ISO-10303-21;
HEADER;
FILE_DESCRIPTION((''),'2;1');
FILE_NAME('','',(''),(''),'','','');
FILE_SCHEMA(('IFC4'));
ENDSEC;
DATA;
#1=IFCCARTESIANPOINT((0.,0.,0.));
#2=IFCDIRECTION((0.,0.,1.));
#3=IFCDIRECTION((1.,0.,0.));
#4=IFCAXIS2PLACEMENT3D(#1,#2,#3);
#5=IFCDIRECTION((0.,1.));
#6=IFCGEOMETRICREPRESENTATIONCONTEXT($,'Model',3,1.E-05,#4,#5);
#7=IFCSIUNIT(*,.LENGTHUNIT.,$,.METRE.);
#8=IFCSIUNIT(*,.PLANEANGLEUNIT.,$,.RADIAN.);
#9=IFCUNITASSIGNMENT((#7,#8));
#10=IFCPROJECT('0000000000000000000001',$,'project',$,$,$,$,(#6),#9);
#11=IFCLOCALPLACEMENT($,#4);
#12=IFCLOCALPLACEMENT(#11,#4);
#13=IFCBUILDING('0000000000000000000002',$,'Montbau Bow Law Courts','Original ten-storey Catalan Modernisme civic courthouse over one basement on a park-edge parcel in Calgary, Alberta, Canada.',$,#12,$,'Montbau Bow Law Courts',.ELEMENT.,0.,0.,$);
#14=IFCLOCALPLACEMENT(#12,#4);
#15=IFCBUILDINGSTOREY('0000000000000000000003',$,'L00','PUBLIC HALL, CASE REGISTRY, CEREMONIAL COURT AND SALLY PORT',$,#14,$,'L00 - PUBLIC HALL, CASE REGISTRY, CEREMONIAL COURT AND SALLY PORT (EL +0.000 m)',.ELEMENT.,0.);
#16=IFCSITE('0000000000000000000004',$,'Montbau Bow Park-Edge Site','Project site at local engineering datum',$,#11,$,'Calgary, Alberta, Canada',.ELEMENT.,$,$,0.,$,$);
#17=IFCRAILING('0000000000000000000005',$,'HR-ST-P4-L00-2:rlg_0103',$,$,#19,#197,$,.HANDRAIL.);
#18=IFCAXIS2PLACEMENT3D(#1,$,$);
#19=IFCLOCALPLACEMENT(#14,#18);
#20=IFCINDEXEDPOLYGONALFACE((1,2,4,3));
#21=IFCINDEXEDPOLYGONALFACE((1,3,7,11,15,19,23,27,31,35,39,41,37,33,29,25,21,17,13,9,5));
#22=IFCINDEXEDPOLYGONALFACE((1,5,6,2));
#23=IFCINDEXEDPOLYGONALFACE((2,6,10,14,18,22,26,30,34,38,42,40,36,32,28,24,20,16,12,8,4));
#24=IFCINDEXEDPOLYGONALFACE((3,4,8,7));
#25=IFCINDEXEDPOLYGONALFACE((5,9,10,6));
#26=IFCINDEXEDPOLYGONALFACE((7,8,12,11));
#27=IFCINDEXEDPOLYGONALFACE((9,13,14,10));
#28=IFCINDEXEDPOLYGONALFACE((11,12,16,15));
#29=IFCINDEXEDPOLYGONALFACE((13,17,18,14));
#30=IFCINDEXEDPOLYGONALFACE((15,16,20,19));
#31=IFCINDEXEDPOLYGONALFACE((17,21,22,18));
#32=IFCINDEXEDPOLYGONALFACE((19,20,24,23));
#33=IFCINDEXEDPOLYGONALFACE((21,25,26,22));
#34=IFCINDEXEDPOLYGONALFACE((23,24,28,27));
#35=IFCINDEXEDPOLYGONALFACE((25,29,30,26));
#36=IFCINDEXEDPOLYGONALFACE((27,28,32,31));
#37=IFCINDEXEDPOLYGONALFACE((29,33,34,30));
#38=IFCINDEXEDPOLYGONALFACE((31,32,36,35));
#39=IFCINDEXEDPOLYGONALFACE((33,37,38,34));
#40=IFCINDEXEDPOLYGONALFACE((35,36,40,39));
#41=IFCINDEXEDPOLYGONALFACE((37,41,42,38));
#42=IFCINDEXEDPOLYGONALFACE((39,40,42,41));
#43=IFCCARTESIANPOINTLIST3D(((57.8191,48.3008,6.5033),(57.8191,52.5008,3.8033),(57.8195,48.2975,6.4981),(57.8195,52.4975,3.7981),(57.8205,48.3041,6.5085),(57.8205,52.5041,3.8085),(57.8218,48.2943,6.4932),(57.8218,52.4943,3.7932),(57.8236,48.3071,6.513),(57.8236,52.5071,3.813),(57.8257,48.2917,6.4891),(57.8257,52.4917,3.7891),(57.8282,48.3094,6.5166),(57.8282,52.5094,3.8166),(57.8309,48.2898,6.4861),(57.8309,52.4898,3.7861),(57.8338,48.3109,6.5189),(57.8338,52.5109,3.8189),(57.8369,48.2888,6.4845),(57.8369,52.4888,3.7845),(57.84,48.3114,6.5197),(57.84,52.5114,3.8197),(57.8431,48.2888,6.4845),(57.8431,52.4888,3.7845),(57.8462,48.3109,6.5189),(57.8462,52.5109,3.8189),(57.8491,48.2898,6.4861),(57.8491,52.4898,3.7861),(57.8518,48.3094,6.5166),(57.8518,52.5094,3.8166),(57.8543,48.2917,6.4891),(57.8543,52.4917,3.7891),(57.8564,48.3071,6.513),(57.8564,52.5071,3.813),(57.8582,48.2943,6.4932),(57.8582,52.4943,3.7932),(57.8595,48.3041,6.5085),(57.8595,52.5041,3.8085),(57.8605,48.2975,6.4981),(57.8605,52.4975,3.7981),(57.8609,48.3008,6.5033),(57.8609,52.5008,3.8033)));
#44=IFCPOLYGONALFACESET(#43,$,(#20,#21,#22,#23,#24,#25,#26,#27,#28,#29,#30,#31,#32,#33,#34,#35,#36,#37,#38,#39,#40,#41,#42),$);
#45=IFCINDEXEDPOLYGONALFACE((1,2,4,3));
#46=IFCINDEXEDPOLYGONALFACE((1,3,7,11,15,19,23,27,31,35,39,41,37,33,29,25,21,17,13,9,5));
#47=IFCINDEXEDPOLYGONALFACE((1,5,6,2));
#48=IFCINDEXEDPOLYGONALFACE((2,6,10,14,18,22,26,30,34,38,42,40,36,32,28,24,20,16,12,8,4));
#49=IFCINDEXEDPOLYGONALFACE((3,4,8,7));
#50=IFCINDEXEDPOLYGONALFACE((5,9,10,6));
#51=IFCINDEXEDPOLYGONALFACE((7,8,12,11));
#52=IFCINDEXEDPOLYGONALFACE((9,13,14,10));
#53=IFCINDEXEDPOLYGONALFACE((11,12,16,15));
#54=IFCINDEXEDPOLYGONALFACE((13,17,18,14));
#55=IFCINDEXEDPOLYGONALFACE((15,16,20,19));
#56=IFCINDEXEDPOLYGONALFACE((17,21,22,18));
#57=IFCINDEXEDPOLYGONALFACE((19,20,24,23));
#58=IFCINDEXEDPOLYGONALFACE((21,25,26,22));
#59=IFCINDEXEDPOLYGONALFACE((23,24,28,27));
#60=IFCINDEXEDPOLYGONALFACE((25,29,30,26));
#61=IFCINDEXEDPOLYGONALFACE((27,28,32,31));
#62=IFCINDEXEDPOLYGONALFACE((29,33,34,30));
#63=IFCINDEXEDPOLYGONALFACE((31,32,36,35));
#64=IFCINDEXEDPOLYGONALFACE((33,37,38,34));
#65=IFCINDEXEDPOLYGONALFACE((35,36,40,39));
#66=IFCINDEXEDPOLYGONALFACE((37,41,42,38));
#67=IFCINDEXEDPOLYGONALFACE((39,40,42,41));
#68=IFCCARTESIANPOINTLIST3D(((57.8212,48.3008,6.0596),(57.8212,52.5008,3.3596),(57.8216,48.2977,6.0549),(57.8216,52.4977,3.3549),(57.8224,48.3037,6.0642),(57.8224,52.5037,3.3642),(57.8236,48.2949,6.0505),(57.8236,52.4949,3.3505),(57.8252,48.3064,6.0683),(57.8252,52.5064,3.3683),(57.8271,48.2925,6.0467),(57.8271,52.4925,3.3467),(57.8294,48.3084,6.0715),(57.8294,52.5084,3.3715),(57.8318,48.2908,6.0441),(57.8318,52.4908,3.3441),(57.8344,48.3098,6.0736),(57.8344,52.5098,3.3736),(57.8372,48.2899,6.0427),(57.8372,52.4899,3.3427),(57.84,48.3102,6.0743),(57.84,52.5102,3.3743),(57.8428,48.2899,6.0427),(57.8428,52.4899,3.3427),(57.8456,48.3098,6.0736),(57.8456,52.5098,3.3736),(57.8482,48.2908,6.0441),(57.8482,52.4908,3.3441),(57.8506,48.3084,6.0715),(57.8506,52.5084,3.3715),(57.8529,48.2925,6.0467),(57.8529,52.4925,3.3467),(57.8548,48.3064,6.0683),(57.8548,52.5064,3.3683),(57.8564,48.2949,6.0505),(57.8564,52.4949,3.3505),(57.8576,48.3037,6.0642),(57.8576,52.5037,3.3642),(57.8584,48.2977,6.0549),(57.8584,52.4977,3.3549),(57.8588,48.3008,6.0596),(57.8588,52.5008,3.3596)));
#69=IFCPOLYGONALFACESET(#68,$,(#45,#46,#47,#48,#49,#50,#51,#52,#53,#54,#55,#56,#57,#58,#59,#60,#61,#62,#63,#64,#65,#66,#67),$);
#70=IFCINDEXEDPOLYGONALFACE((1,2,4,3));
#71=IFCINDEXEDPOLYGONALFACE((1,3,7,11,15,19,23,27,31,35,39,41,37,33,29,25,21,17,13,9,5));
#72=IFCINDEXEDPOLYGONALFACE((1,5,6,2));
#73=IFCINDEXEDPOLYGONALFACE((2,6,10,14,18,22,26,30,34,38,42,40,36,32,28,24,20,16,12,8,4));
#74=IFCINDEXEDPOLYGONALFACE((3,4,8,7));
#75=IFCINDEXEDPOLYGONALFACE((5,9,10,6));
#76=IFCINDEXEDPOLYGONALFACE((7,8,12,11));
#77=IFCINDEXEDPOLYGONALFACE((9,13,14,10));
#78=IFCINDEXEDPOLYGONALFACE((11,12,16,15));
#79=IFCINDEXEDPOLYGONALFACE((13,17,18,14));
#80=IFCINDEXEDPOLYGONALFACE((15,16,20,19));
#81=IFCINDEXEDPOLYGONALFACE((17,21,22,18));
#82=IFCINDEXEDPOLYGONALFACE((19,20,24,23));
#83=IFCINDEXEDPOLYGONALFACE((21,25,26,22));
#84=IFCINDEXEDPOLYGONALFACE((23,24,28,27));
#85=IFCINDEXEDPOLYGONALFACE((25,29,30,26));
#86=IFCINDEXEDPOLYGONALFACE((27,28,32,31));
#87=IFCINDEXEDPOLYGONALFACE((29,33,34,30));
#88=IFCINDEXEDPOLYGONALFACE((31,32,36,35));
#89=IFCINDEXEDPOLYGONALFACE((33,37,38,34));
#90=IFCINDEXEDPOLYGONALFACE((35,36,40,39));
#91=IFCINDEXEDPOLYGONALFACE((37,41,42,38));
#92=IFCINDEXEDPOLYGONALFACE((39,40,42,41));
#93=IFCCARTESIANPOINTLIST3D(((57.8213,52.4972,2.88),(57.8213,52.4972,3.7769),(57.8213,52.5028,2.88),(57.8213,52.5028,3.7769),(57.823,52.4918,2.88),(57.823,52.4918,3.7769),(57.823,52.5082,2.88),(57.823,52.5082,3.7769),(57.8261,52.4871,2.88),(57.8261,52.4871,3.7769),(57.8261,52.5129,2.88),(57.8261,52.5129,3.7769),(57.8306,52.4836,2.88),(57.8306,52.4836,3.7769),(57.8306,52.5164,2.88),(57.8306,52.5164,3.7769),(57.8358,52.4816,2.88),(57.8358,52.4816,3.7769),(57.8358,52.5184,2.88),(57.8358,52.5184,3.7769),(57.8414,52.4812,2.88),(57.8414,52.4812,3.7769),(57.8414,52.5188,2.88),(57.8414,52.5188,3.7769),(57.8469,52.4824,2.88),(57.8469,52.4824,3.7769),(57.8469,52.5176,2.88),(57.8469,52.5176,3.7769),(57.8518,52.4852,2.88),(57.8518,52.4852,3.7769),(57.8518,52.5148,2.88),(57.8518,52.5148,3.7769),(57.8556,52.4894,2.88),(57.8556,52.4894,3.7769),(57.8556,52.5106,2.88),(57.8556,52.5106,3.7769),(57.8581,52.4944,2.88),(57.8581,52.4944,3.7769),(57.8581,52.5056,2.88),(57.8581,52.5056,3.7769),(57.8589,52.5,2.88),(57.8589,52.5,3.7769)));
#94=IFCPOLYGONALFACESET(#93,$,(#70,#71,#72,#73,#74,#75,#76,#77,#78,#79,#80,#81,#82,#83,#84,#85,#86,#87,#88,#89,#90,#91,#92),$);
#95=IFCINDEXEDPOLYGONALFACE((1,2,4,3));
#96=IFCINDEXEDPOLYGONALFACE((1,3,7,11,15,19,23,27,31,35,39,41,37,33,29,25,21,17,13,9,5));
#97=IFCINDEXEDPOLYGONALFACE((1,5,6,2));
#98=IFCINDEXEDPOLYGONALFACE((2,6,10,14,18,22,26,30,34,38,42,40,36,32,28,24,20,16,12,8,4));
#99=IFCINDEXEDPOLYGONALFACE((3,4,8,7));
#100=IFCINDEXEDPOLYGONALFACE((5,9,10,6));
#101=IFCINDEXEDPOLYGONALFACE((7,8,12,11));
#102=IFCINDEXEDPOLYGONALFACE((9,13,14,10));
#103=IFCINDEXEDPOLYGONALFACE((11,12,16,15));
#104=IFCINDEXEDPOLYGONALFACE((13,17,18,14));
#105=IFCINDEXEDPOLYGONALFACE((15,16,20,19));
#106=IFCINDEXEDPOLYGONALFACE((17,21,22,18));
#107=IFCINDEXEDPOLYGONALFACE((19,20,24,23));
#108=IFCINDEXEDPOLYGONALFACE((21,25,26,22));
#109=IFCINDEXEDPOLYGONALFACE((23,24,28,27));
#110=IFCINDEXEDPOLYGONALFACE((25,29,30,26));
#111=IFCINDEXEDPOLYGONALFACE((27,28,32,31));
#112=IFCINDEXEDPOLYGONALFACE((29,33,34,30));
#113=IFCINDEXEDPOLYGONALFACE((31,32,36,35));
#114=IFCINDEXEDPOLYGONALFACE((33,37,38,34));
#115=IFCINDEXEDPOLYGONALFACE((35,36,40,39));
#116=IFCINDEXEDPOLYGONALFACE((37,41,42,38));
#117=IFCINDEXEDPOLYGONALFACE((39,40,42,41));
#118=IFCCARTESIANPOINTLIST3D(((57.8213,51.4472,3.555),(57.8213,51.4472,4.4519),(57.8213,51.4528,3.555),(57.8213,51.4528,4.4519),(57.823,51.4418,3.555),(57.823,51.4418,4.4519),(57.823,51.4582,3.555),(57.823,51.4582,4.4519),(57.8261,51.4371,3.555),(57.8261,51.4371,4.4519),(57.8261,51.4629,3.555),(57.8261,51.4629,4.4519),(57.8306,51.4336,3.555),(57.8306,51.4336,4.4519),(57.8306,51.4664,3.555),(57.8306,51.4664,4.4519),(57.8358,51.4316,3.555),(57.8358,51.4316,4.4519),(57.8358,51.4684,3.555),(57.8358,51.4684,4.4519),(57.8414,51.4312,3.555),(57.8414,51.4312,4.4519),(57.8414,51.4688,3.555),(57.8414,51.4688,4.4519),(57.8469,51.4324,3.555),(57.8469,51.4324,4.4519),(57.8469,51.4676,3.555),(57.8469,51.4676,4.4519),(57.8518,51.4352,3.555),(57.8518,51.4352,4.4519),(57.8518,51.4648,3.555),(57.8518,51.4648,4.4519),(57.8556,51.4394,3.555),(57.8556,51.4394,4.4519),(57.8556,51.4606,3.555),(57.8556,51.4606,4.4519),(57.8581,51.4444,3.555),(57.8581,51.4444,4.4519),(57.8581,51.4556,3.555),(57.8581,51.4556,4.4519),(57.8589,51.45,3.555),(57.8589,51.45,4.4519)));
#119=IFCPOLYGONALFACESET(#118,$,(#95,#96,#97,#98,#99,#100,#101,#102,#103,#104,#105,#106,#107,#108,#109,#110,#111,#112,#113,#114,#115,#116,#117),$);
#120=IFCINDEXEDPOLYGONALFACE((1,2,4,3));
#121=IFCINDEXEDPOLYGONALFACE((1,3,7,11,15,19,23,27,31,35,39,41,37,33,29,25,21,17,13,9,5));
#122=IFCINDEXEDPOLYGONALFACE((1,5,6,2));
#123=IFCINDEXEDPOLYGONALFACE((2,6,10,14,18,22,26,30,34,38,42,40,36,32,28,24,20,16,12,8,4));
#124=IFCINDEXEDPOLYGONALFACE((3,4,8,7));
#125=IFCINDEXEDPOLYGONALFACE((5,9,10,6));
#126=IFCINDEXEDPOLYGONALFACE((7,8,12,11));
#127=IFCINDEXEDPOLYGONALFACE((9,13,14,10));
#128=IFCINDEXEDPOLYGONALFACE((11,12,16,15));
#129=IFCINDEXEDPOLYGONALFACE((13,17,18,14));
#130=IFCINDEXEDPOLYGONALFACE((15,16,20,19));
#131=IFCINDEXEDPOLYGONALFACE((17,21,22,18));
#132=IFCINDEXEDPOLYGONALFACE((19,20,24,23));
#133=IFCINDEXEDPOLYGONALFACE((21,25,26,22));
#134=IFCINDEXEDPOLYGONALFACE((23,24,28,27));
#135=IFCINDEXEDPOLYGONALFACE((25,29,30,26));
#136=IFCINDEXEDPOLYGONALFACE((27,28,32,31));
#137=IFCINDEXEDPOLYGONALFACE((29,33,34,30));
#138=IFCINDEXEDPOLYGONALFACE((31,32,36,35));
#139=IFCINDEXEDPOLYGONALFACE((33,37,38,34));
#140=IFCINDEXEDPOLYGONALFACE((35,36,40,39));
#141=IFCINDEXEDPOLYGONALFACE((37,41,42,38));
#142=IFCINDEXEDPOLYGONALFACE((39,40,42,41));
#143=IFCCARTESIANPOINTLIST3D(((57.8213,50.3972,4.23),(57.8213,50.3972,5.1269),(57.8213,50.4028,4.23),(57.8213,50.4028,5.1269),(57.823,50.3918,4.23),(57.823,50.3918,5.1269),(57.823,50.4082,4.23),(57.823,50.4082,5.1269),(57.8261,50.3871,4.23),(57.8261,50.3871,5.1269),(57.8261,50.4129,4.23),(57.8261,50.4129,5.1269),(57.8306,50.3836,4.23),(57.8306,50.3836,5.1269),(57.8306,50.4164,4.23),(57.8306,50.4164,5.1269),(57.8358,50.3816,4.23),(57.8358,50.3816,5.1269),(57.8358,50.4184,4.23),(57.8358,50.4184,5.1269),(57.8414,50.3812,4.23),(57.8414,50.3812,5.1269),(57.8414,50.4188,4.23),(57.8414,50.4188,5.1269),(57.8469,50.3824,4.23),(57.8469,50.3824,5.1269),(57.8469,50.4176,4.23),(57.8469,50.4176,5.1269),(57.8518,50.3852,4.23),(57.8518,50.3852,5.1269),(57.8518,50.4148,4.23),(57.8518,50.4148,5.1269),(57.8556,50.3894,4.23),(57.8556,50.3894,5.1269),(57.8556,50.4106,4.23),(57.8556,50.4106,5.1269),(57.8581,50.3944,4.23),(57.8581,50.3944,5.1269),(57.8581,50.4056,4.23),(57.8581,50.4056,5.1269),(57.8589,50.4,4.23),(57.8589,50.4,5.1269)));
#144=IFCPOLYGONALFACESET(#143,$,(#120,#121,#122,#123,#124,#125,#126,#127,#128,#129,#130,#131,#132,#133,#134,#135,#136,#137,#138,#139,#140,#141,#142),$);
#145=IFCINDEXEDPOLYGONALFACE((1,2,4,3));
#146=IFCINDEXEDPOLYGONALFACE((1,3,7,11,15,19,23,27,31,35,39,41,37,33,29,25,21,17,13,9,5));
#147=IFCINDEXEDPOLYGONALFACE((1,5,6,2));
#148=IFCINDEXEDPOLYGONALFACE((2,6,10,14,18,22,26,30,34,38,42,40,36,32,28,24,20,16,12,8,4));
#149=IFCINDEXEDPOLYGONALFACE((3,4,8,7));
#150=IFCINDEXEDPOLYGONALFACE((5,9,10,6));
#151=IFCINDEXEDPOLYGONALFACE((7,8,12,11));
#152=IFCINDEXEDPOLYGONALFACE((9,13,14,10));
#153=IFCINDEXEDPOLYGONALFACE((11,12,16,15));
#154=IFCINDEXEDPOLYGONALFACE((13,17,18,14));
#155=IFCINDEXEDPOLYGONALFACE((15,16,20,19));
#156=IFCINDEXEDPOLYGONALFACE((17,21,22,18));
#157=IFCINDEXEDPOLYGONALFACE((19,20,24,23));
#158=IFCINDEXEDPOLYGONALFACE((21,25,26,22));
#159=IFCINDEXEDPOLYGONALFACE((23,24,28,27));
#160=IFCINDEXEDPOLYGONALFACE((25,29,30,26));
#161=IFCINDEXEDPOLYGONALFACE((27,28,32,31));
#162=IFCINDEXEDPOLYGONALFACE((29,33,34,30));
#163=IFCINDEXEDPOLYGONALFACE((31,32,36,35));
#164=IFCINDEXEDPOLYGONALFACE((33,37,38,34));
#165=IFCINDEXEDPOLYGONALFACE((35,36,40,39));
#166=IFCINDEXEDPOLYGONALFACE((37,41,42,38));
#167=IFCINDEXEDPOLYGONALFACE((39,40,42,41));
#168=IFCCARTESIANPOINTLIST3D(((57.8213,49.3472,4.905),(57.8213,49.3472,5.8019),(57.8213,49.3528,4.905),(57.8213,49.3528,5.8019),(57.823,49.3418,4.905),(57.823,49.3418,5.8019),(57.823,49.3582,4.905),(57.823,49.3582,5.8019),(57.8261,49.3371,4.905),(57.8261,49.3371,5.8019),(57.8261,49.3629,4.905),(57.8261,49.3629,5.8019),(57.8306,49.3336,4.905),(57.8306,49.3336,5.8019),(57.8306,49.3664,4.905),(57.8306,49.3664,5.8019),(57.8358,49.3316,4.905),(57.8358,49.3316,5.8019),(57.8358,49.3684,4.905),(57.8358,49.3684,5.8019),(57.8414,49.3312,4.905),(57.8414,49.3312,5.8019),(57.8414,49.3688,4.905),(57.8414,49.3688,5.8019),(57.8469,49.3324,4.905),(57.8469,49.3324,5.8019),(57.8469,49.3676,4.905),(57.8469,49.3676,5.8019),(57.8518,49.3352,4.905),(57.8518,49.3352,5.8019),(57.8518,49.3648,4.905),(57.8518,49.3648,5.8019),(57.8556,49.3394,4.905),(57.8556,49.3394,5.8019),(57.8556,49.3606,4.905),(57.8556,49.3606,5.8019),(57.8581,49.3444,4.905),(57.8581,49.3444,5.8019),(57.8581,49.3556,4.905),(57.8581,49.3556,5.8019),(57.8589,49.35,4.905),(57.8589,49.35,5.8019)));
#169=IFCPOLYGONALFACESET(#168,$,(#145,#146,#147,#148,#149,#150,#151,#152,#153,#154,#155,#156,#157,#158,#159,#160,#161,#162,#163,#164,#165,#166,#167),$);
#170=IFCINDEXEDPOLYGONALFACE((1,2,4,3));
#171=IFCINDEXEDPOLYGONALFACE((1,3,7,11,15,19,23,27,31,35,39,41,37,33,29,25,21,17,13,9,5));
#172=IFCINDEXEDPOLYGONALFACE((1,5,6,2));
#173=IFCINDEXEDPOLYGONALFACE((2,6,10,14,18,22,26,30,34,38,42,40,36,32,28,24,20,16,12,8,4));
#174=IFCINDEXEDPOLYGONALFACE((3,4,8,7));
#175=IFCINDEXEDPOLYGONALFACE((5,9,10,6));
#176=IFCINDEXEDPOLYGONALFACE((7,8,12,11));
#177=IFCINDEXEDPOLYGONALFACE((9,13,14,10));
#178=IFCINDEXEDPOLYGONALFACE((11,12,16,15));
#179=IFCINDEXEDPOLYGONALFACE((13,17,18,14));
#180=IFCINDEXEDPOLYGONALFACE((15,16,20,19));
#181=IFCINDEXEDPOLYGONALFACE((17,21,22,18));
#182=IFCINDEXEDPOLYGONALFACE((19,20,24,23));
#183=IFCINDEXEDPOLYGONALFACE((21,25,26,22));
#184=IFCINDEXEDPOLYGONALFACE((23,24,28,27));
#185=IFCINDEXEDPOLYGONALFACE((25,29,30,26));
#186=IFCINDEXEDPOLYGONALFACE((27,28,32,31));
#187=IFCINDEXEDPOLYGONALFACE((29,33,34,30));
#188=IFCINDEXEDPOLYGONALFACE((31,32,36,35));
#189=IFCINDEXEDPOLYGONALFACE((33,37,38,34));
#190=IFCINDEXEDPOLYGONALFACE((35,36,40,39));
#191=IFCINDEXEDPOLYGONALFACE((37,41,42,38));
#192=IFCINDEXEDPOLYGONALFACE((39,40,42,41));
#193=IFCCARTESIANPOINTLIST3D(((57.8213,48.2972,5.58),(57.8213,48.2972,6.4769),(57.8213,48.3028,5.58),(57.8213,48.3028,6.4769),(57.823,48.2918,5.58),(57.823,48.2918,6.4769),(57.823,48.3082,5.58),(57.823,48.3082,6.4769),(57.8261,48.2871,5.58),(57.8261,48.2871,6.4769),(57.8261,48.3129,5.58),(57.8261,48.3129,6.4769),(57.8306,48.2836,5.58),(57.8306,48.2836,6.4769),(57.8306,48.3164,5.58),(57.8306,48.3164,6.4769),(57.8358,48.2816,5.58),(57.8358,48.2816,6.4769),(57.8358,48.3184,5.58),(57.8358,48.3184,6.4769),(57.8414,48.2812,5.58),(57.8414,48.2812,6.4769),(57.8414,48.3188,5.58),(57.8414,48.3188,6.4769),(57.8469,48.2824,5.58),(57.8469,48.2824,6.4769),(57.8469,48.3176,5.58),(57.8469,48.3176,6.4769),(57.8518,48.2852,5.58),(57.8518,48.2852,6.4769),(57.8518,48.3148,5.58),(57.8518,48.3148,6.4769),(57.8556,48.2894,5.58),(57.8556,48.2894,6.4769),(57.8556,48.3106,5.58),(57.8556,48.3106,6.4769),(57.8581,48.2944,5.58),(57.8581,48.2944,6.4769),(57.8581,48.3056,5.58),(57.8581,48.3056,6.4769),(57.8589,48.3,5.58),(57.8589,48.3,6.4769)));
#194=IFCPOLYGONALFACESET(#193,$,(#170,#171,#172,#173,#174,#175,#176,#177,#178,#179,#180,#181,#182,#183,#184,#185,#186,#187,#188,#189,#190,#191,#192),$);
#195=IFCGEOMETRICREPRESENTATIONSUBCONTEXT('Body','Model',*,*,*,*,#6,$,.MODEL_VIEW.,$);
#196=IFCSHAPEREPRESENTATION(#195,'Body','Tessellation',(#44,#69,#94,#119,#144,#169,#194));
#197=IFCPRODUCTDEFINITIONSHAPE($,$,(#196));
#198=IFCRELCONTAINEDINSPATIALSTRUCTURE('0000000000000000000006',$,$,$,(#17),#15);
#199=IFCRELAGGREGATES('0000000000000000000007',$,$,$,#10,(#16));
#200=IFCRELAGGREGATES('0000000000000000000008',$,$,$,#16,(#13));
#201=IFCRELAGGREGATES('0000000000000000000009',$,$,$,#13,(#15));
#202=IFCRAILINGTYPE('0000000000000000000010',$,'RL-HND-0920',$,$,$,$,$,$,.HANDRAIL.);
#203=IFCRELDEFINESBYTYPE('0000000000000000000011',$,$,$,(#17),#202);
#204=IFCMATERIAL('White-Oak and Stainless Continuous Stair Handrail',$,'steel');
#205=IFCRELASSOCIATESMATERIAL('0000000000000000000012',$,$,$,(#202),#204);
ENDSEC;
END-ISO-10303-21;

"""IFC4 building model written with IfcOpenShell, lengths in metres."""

from ifc_helpers import new_model, si_unit, direction, frame, origin_with_axes, origin_2d_with_axis, place, context, subcontext, project, spatial, circle, extrude, material, type_object, element, save


model = new_model("IFC4")

# Units and contexts
model_context = context("Model", 3, precision=1e-05, world=origin_with_axes(), true_north=direction((0.0, 1.0)))
body_context = subcontext(model_context, "Body", "Model", "MODEL_VIEW")
ifc_project = project(units=[si_unit("LENGTHUNIT", "METRE"), si_unit("PLANEANGLEUNIT", "RADIAN")], contexts=[model_context])

# Site, building, storey
site_placement = place(None, origin_with_axes())
site = spatial("IfcSite", under=ifc_project, at=site_placement, Name="Montbau Bow Park-Edge Site", Description="Project site at local engineering datum", LongName="Calgary, Alberta, Canada", CompositionType="ELEMENT", RefElevation=0.0)
building_placement = place(site_placement, origin_with_axes())
building = spatial("IfcBuilding", under=site, at=building_placement, Name="Montbau Bow Law Courts", Description="Original ten-storey Catalan Modernisme civic courthouse over one basement on a park-edge parcel in Calgary, Alberta, Canada.", LongName="Montbau Bow Law Courts", CompositionType="ELEMENT", ElevationOfRefHeight=0.0, ElevationOfTerrain=0.0)
storey_placement = place(building_placement, origin_with_axes())
storey = spatial("IfcBuildingStorey", under=building, at=storey_placement, Name="L00", Description="PUBLIC HALL, CASE REGISTRY, CEREMONIAL COURT AND SALLY PORT", LongName="L00 - PUBLIC HALL, CASE REGISTRY, CEREMONIAL COURT AND SALLY PORT (EL +0.000 m)", CompositionType="ELEMENT", Elevation=0.0)

# Railing
ifc_material_1 = material(Name="White-Oak and Stainless Continuous Stair Handrail", Category="steel")
railing_type_1 = type_object("IfcRailingType", Name="RL-HND-0920", PredefinedType="HANDRAIL", material=ifc_material_1)
railing_1_placement = place(None, origin_with_axes())
element("IfcRailing", 1, at=railing_1_placement, inside=storey, type_object=railing_type_1, Name="HR-ST-P4-L00-2:rlg_0103", PredefinedType="HANDRAIL", context=body_context, shape_type="SweptSolid", body=[
    extrude(circle(Radius=0.021, at=origin_2d_with_axis()), frame((57.84, 52.5, 3.802), z_axis=(0.0, -0.841178, 0.540758), x_axis=(0.0, 0.540758, 0.841178)), (0.0, 0.0, 1.0), 4.993),
    extrude(circle(Radius=0.0189, at=origin_2d_with_axis()), frame((57.84, 52.5, 3.3584), z_axis=(0.0, -0.841178, 0.540758), x_axis=(0.0, 0.540758, 0.841178)), (0.0, 0.0, 1.0), 4.993),
    extrude(circle(Radius=0.0189, at=origin_2d_with_axis()), frame((57.84, 52.5, 2.88), z_axis=(0.0, 0.0, 1.0), x_axis=(1.0, 0.0, 0.0)), (0.0, 0.0, 1.0), 0.8969),
    extrude(circle(Radius=0.0189, at=origin_2d_with_axis()), frame((57.84, 51.45, 3.555), z_axis=(0.0, 0.0, 1.0), x_axis=(1.0, 0.0, 0.0)), (0.0, 0.0, 1.0), 0.8969),
    extrude(circle(Radius=0.0189, at=origin_2d_with_axis()), frame((57.84, 50.4, 4.23), z_axis=(0.0, 0.0, 1.0), x_axis=(1.0, 0.0, 0.0)), (0.0, 0.0, 1.0), 0.8969),
    extrude(circle(Radius=0.0189, at=origin_2d_with_axis()), frame((57.84, 49.35, 4.905), z_axis=(0.0, 0.0, 1.0), x_axis=(1.0, 0.0, 0.0)), (0.0, 0.0, 1.0), 0.8969),
    extrude(circle(Radius=0.0189, at=origin_2d_with_axis()), frame((57.84, 48.3, 5.58), z_axis=(0.0, 0.0, 1.0), x_axis=(1.0, 0.0, 0.0)), (0.0, 0.0, 1.0), 0.8969),
])

save(model, "model.ifc")
